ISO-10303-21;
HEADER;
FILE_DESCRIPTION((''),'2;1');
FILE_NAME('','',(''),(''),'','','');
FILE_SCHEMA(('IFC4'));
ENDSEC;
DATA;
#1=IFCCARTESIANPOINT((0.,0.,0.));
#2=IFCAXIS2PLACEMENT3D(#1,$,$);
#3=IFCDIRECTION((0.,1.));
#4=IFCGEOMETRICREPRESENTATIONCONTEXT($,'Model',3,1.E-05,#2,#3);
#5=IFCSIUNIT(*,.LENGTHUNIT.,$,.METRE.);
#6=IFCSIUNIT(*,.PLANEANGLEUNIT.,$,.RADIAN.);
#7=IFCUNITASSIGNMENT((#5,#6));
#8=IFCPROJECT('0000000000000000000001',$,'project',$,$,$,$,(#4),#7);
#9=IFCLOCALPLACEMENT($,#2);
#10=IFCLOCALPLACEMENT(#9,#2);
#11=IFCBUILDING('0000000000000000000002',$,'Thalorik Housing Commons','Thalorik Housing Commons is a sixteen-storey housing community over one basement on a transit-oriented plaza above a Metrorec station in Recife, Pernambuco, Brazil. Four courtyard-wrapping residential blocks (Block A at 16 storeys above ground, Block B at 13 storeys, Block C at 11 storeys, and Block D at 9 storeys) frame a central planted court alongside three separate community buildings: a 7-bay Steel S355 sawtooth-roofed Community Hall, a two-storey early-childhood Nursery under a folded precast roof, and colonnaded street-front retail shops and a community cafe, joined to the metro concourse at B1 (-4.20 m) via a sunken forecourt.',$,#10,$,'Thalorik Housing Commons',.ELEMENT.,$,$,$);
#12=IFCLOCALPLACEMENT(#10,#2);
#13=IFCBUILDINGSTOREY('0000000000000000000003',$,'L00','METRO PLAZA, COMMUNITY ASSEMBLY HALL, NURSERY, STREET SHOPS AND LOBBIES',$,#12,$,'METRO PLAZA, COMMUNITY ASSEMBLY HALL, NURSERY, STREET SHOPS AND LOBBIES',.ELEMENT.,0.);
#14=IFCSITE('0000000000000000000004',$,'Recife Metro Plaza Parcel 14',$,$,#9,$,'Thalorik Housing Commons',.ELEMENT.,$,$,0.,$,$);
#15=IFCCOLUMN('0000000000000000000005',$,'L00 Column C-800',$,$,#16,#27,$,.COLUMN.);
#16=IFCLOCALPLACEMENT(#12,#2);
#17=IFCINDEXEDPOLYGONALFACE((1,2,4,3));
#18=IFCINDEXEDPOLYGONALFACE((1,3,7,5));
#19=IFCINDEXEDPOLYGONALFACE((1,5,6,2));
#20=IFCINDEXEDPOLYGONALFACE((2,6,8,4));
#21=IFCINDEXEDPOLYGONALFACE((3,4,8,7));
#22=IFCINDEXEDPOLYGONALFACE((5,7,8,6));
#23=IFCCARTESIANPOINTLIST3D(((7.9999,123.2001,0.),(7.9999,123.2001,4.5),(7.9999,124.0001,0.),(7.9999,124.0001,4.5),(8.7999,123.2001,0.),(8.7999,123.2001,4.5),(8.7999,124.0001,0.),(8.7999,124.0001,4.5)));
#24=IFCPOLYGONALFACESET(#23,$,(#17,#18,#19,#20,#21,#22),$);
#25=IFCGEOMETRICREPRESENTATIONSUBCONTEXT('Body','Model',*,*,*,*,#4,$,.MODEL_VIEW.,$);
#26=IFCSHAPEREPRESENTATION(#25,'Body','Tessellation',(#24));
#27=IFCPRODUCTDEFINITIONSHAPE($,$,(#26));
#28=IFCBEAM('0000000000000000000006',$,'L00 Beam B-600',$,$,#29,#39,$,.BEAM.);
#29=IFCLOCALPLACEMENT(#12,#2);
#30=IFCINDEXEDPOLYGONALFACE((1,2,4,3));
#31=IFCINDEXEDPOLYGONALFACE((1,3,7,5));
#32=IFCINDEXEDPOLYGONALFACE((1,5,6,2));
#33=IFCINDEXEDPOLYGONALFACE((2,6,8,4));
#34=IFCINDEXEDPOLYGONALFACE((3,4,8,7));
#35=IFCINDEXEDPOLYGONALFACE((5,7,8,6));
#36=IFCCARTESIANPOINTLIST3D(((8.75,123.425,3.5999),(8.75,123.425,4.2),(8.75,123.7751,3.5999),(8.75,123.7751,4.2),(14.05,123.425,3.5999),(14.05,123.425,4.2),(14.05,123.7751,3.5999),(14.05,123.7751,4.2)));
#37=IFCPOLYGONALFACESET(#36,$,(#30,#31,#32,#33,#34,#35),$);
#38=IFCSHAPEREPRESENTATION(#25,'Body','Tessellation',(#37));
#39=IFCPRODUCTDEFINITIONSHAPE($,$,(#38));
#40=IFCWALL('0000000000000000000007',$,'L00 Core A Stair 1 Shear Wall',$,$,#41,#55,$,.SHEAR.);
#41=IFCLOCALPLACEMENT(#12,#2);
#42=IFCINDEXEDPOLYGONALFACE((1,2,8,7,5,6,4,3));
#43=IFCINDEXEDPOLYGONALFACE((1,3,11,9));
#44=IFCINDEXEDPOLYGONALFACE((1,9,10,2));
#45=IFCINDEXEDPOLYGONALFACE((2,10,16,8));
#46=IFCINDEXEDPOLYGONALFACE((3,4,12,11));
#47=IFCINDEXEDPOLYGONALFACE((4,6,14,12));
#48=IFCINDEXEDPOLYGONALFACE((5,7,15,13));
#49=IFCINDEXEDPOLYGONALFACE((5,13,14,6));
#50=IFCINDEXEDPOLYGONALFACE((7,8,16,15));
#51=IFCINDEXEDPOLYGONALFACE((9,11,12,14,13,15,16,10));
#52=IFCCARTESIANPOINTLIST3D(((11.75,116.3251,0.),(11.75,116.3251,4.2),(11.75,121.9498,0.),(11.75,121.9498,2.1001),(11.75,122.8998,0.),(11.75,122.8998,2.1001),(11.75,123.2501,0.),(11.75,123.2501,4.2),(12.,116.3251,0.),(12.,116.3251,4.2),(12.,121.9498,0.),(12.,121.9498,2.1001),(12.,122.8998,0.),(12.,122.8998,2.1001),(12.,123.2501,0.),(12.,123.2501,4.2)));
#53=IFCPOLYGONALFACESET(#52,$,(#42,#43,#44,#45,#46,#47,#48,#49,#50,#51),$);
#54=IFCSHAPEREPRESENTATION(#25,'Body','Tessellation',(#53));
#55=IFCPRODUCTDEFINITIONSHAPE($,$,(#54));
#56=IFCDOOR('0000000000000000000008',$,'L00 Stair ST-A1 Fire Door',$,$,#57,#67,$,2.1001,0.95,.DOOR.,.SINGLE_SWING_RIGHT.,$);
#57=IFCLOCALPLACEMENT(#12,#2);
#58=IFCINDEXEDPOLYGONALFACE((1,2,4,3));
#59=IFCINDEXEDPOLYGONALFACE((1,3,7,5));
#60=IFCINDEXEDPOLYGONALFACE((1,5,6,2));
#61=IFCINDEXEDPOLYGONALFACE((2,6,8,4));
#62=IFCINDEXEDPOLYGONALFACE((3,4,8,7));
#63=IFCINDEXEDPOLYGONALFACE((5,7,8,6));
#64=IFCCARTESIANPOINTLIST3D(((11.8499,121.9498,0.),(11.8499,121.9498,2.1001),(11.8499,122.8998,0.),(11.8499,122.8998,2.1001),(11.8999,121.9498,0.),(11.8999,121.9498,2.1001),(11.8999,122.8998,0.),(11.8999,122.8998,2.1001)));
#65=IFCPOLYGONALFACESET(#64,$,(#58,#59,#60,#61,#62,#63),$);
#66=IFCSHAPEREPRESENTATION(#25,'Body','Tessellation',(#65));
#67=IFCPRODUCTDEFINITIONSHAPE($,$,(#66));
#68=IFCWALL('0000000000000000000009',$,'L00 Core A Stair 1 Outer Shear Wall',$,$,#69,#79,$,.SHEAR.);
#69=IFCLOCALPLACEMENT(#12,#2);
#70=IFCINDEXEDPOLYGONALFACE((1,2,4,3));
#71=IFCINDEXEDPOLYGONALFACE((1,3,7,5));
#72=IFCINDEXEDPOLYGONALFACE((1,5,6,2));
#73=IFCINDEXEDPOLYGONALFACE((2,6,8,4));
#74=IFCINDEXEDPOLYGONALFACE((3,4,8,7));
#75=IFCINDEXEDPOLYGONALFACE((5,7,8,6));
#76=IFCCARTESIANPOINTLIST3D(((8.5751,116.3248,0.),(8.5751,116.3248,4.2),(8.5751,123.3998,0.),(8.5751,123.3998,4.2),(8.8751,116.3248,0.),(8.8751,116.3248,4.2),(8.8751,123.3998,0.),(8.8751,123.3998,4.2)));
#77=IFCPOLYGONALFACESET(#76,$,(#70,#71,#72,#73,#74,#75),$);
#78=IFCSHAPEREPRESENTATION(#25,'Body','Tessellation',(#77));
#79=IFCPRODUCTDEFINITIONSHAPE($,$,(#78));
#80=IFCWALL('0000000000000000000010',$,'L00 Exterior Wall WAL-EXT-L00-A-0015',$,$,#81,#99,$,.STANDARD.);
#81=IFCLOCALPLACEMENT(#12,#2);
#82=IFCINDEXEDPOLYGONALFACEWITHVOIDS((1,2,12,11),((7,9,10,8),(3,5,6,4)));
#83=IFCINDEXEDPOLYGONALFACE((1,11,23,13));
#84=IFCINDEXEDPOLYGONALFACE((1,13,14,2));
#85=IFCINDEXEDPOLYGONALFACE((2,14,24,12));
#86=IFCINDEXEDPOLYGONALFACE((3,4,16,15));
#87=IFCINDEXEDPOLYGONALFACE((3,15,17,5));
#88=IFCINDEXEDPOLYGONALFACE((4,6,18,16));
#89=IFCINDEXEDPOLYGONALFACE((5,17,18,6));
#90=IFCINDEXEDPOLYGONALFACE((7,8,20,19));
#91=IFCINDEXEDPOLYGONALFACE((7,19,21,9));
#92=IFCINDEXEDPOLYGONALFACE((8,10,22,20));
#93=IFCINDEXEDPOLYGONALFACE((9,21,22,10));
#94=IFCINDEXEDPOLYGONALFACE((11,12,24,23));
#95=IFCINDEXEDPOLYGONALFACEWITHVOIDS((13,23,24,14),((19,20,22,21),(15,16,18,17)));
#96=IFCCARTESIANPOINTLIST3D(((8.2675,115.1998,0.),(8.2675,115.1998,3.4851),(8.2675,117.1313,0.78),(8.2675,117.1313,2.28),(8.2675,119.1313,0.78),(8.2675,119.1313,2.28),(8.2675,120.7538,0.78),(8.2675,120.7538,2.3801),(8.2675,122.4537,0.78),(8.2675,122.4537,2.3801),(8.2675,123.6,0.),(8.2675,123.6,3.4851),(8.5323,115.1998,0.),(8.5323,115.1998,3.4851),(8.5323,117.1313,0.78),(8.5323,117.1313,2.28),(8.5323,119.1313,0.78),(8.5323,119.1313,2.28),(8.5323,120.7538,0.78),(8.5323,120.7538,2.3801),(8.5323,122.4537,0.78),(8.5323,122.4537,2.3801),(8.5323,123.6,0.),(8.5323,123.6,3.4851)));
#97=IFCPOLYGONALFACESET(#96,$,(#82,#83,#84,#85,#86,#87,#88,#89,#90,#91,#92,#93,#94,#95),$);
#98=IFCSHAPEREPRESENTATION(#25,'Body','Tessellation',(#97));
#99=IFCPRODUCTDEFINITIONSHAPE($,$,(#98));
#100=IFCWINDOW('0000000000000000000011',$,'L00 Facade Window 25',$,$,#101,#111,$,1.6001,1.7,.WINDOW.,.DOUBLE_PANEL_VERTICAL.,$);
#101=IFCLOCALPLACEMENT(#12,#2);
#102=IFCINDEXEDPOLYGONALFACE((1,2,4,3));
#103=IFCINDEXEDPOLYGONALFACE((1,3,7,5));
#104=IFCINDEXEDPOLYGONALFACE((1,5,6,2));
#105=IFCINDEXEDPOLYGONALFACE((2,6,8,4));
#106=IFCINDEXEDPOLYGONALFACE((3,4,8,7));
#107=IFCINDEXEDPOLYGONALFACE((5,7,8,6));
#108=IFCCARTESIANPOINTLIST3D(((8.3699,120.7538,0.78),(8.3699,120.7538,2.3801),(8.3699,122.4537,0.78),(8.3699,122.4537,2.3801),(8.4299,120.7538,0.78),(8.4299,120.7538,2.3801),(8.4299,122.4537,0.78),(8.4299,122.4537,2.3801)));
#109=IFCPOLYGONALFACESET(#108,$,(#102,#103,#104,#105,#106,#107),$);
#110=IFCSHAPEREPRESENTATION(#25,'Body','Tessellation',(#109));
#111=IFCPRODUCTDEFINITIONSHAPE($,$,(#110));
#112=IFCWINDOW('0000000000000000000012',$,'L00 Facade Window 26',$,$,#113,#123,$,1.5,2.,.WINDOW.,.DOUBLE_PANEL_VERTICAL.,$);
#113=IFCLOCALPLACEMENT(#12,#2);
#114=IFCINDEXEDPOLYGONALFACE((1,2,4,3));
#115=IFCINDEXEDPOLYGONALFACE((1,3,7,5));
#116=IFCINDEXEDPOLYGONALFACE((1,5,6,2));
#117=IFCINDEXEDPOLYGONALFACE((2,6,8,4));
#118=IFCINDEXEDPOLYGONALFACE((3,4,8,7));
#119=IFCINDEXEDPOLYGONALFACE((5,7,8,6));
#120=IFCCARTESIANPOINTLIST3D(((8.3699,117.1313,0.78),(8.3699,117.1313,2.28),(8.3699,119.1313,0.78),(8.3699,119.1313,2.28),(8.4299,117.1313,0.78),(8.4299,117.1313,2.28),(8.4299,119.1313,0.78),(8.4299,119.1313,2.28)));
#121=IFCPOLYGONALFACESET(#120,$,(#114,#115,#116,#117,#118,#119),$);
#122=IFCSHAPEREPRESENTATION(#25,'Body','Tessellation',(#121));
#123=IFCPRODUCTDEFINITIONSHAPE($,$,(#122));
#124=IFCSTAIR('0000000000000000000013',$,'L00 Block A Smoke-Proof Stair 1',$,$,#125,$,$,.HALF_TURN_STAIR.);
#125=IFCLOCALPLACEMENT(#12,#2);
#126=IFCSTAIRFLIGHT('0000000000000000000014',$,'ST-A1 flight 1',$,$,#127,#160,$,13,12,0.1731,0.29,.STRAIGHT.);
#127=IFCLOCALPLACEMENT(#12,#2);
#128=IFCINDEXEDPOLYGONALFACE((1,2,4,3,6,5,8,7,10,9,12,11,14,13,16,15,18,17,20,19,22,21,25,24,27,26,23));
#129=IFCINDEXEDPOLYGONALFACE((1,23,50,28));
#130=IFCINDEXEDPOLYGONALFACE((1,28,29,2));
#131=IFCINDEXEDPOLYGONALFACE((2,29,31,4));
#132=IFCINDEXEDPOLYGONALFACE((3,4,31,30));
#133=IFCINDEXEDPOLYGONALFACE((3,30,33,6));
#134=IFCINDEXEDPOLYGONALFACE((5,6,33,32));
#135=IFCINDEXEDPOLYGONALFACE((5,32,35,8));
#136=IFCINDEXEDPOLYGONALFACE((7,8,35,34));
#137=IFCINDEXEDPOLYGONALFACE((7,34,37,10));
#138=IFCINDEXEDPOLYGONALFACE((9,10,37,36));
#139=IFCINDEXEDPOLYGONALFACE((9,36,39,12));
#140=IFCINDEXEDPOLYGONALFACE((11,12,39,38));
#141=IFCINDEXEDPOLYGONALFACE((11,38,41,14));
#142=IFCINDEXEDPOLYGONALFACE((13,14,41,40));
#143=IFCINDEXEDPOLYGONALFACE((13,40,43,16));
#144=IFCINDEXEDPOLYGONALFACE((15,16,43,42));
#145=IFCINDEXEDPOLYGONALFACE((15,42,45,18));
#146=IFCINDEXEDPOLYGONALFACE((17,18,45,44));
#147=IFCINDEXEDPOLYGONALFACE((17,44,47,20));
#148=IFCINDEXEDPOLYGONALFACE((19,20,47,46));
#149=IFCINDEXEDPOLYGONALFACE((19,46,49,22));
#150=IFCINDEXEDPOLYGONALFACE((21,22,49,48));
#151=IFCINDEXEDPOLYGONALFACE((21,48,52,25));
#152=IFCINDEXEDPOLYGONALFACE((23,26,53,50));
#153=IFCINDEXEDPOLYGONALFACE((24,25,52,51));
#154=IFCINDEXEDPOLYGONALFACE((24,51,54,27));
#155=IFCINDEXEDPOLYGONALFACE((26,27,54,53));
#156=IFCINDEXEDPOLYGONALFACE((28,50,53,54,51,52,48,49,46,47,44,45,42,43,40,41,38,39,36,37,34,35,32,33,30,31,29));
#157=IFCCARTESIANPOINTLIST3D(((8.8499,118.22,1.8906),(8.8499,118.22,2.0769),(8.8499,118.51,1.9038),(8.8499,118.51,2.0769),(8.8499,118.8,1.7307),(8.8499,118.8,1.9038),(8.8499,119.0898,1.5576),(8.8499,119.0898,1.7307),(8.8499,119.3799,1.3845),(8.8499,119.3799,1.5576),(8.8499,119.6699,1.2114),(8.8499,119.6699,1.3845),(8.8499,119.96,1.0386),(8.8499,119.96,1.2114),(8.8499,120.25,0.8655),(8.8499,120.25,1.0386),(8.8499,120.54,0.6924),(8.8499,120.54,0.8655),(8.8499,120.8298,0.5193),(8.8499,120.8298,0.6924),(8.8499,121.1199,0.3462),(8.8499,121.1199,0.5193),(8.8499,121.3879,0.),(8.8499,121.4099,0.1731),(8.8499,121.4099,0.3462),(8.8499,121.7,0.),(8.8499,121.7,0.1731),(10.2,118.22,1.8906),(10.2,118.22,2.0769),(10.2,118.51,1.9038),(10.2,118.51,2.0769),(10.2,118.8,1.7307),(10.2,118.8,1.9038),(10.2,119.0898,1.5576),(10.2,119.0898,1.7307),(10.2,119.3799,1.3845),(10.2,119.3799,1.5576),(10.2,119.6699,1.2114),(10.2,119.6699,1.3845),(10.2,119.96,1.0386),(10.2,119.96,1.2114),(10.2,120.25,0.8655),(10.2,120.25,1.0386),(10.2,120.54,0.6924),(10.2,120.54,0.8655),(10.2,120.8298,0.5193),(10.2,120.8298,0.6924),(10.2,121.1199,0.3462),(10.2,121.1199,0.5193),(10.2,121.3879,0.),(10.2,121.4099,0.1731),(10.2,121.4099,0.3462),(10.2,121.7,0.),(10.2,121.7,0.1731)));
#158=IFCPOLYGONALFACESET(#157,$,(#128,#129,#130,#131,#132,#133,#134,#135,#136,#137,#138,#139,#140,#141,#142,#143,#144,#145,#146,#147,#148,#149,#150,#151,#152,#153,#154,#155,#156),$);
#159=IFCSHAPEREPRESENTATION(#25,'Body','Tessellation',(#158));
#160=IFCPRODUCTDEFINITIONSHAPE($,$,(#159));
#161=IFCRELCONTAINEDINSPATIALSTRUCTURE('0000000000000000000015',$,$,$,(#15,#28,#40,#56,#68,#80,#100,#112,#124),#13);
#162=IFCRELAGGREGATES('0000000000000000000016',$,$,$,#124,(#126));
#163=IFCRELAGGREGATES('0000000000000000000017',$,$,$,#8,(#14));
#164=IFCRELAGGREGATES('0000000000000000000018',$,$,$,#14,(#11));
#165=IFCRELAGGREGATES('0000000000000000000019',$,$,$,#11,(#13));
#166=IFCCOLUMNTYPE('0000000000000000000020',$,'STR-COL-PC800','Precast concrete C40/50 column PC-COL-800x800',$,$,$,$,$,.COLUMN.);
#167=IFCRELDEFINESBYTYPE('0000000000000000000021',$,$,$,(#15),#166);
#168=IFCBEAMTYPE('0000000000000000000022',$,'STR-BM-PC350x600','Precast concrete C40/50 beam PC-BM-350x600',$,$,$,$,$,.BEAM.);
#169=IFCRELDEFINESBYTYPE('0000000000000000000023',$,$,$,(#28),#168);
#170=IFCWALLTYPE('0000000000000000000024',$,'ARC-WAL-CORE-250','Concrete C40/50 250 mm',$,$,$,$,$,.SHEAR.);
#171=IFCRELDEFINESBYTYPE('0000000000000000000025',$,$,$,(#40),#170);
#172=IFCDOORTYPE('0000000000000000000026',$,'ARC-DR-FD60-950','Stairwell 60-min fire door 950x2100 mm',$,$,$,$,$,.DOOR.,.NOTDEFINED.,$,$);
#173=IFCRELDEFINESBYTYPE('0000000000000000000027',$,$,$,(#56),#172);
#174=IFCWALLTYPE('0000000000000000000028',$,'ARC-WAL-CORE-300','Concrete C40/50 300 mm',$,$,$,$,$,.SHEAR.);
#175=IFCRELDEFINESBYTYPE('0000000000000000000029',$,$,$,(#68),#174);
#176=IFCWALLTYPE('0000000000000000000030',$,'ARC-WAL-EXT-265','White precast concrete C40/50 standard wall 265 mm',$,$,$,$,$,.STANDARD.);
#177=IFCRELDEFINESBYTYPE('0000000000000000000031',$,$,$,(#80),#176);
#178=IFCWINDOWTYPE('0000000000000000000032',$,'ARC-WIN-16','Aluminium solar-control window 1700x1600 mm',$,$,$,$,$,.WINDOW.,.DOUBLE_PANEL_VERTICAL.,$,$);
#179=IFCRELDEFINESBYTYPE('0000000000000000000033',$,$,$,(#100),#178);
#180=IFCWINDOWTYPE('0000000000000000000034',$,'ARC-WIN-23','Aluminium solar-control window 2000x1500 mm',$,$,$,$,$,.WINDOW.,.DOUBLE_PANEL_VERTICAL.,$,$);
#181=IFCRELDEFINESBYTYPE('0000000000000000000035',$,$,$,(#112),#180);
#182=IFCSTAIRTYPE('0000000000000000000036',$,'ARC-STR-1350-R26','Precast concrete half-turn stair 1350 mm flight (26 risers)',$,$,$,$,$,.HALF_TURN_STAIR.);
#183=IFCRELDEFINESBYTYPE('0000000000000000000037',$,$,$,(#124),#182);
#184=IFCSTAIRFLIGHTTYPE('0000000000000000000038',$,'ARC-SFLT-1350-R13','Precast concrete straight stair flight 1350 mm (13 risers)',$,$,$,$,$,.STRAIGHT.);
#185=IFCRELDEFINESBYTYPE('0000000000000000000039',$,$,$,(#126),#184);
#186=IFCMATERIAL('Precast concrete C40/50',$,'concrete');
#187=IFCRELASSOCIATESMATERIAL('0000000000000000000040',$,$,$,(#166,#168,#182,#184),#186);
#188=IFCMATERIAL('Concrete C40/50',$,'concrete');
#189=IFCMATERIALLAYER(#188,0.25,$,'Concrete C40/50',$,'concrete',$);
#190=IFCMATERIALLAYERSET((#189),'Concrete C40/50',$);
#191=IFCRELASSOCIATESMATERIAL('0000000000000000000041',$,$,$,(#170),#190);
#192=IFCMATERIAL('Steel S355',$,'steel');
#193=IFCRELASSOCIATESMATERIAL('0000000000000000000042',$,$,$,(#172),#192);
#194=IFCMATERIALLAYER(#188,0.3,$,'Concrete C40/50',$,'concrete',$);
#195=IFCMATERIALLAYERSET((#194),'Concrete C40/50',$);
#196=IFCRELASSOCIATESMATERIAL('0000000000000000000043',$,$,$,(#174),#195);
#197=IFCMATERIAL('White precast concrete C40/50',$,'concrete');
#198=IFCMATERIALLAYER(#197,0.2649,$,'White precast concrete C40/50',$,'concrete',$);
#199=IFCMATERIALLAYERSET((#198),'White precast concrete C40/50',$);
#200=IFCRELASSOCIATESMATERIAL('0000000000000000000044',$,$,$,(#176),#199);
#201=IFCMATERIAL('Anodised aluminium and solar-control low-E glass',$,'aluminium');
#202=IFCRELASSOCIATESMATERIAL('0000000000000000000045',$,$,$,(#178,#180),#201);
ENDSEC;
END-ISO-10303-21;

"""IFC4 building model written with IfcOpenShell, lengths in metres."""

from ifc_helpers import new_model, si_unit, direction, frame, frame_2d, origin, origin_2d, place, context, subcontext, project, spatial, polyline, rectangle, outline, extrude, material, layer, layer_set, material_profile, profile_set, type_object, element, fill, aggregate, save


model = new_model("IFC4")

# Units and contexts
model_context = context("Model", 3, precision=1e-05, world=origin(), true_north=direction((0.0, 1.0)))
body_context = subcontext(model_context, "Body", "Model", "MODEL_VIEW")
ifc_project = project(units=[si_unit("LENGTHUNIT", "METRE"), si_unit("PLANEANGLEUNIT", "RADIAN")], contexts=[model_context])

# Site, building, storey
site_placement = place(None, origin())
site = spatial("IfcSite", under=ifc_project, at=site_placement, Name="Recife Metro Plaza Parcel 14", LongName="Thalorik Housing Commons", CompositionType="ELEMENT", RefElevation=0.0)
building_placement = place(site_placement, origin())
building = spatial("IfcBuilding", under=site, at=building_placement, Name="Thalorik Housing Commons", Description="Thalorik Housing Commons is a sixteen-storey housing community over one basement on a transit-oriented plaza above a Metrorec station in Recife, Pernambuco, Brazil. Four courtyard-wrapping residential blocks (Block A at 16 storeys above ground, Block B at 13 storeys, Block C at 11 storeys, and Block D at 9 storeys) frame a central planted court alongside three separate community buildings: a 7-bay Steel S355 sawtooth-roofed Community Hall, a two-storey early-childhood Nursery under a folded precast roof, and colonnaded street-front retail shops and a community cafe, joined to the metro concourse at B1 (-4.20 m) via a sunken forecourt.", LongName="Thalorik Housing Commons", CompositionType="ELEMENT")
storey_placement = place(building_placement, origin())
storey = spatial("IfcBuildingStorey", under=building, at=storey_placement, Name="L00", Description="METRO PLAZA, COMMUNITY ASSEMBLY HALL, NURSERY, STREET SHOPS AND LOBBIES", LongName="METRO PLAZA, COMMUNITY ASSEMBLY HALL, NURSERY, STREET SHOPS AND LOBBIES", CompositionType="ELEMENT", Elevation=0.0)

# Column
ifc_material_1 = material(Name="Precast concrete C40/50", Category="concrete")
ifc_material_profile_1 = material_profile(ifc_material_1, rectangle(XDim=0.8, YDim=0.8, at=origin_2d()), Name="PC 800x800", Category="concrete")
ifc_profile_set_1 = profile_set([ifc_material_profile_1], Name="Precast concrete C40/50")
column_type = type_object("IfcColumnType", Name="STR-COL-PC800", Description="Precast concrete C40/50 column PC-COL-800x800", PredefinedType="COLUMN", material=ifc_profile_set_1)
column_placement = place(storey_placement, frame((8.3999, 123.6001, 0.0), z_axis=(0.0, 0.0, 1.0), x_axis=(1.0, 0.0, 0.0)))
element("IfcColumn", 1, at=column_placement, inside=storey, type_object=column_type, Name="L00 Column C-800", PredefinedType="COLUMN", context=body_context, shape_type="SweptSolid", body=[
    extrude(rectangle(XDim=0.8, YDim=0.8, at=origin_2d()), origin(), (0.0, 0.0, 1.0), 4.5),
])

# Beam
ifc_material_profile_2 = material_profile(ifc_material_1, rectangle(XDim=0.3501, YDim=0.6001, at=origin_2d()), Name="PC 350x600", Category="concrete")
ifc_profile_set_2 = profile_set([ifc_material_profile_2], Name="Precast concrete C40/50")
beam_type = type_object("IfcBeamType", Name="STR-BM-PC350x600", Description="Precast concrete C40/50 beam PC-BM-350x600", PredefinedType="BEAM", material=ifc_profile_set_2)
beam_placement = place(storey_placement, frame((8.75, 123.6001, 3.8999), z_axis=(1.0, 0.0, 0.0), x_axis=(0.0, 1.0, 0.0)))
element("IfcBeam", 2, at=beam_placement, inside=storey, type_object=beam_type, Name="L00 Beam B-600", PredefinedType="BEAM", context=body_context, shape_type="SweptSolid", body=[
    extrude(rectangle(XDim=0.3501, YDim=0.6001, at=origin_2d()), origin(), (0.0, 0.0, 1.0), 5.3),
])

# Wall, opening, door
ifc_material_2 = material(Name="Concrete C40/50", Category="concrete")
ifc_layer_1 = layer(ifc_material_2, 0.25, Name="Concrete C40/50", Category="concrete")
ifc_layer_set_1 = layer_set([ifc_layer_1], Name="Concrete C40/50")
wall_type_1 = type_object("IfcWallType", Name="ARC-WAL-CORE-250", Description="Concrete C40/50 250 mm", PredefinedType="SHEAR", material=ifc_layer_set_1)
wall_1_placement = place(storey_placement, frame((11.875, 123.25, 0.0), z_axis=(0.0, 0.0, 1.0), x_axis=(0.0, -1.0, 0.0)))
wall_1 = element("IfcWall", 3, at=wall_1_placement, inside=storey, type_object=wall_type_1, Name="L00 Core A Stair 1 Shear Wall", PredefinedType="SHEAR", context=body_context, shape_type="SweptSolid", body=[
    extrude(rectangle(XDim=6.925, YDim=0.25, at=frame_2d((3.4624, 0.0))), origin(), (0.0, 0.0, 1.0), 4.2),
])
opening_1_placement = place(wall_1_placement, frame((0.3501, 0.0, 0.0)))
opening_1 = element("IfcOpeningElement", 4, at=opening_1_placement, cuts=wall_1, PredefinedType="OPENING", context=body_context, shape_type="SweptSolid", body=[
    extrude(rectangle(XDim=0.95, YDim=2.1001, at=frame_2d((0.4751, 1.05))), frame((0.0, 0.135, 0.0), z_axis=(0.0, -1.0, 0.0), x_axis=(1.0, 0.0, 0.0)), (0.0, 0.0, 1.0), 0.27),
])
ifc_material_3 = material(Name="Steel S355", Category="steel")
door_type_1 = type_object("IfcDoorType", Name="ARC-DR-FD60-950", Description="Stairwell 60-min fire door 950x2100 mm", OperationType="NOTDEFINED", PredefinedType="DOOR", material=ifc_material_3)
door_1_placement = place(opening_1_placement, origin())
door_1 = element("IfcDoor", 5, at=door_1_placement, inside=storey, type_object=door_type_1, Name="L00 Stair ST-A1 Fire Door", OperationType="SINGLE_SWING_RIGHT", OverallHeight=2.1001, OverallWidth=0.95, PredefinedType="DOOR", context=body_context, shape_type="SweptSolid", body=[
    extrude(rectangle(XDim=0.95, YDim=2.1001, at=frame_2d((0.4751, 1.05))), frame((0.0, 0.0249, 0.0), z_axis=(0.0, -1.0, 0.0), x_axis=(1.0, 0.0, 0.0)), (0.0, 0.0, 1.0), 0.05),
])
fill(opening_1, door_1)

# Wall
ifc_layer_2 = layer(ifc_material_2, 0.3, Name="Concrete C40/50", Category="concrete")
ifc_layer_set_2 = layer_set([ifc_layer_2], Name="Concrete C40/50")
wall_type_2 = type_object("IfcWallType", Name="ARC-WAL-CORE-300", Description="Concrete C40/50 300 mm", PredefinedType="SHEAR", material=ifc_layer_set_2)
wall_2_placement = place(storey_placement, frame((8.7251, 123.3999, 0.0), z_axis=(0.0, 0.0, 1.0), x_axis=(0.0, -1.0, 0.0)))
element("IfcWall", 6, at=wall_2_placement, inside=storey, type_object=wall_type_2, Name="L00 Core A Stair 1 Outer Shear Wall", PredefinedType="SHEAR", context=body_context, shape_type="SweptSolid", body=[
    extrude(rectangle(XDim=7.075, YDim=0.3, at=frame_2d((3.5376, 0.0))), origin(), (0.0, 0.0, 1.0), 4.2),
])

# Wall, openings, windows
ifc_material_4 = material(Name="White precast concrete C40/50", Category="concrete")
ifc_layer_3 = layer(ifc_material_4, 0.2649, Name="White precast concrete C40/50", Category="concrete")
ifc_layer_set_3 = layer_set([ifc_layer_3], Name="White precast concrete C40/50")
wall_type_3 = type_object("IfcWallType", Name="ARC-WAL-EXT-265", Description="White precast concrete C40/50 standard wall 265 mm", PredefinedType="STANDARD", material=ifc_layer_set_3)
wall_3_placement = place(storey_placement, frame((8.3999, 123.6001, 0.0), z_axis=(0.0, 0.0, 1.0), x_axis=(0.0, -1.0, 0.0)))
wall_3 = element("IfcWall", 7, at=wall_3_placement, inside=storey, type_object=wall_type_3, Name="L00 Exterior Wall WAL-EXT-L00-A-0015", PredefinedType="STANDARD", context=body_context, shape_type="SweptSolid", body=[
    extrude(rectangle(XDim=8.4001, YDim=0.2649, at=frame_2d((4.2002, 0.0))), origin(), (0.0, 0.0, 1.0), 3.4851),
])
opening_2_placement = place(wall_3_placement, frame((1.1462, 0.0, 0.78)))
opening_2 = element("IfcOpeningElement", 8, at=opening_2_placement, cuts=wall_3, PredefinedType="OPENING", context=body_context, shape_type="SweptSolid", body=[
    extrude(rectangle(XDim=1.7, YDim=1.6001, at=frame_2d((0.8501, 0.8))), frame((0.0, 0.1426, 0.0), z_axis=(0.0, -1.0, 0.0), x_axis=(1.0, 0.0, 0.0)), (0.0, 0.0, 1.0), 0.2849),
])
opening_3_placement = place(wall_3_placement, frame((4.4688, 0.0, 0.78)))
opening_3 = element("IfcOpeningElement", 9, at=opening_3_placement, cuts=wall_3, PredefinedType="OPENING", context=body_context, shape_type="SweptSolid", body=[
    extrude(rectangle(XDim=2.0, YDim=1.5, at=frame_2d((1.0, 0.75))), frame((0.0, 0.1426, 0.0), z_axis=(0.0, -1.0, 0.0), x_axis=(1.0, 0.0, 0.0)), (0.0, 0.0, 1.0), 0.2849),
])
ifc_material_5 = material(Name="Anodised aluminium and solar-control low-E glass", Category="aluminium")
window_type_1 = type_object("IfcWindowType", Name="ARC-WIN-16", Description="Aluminium solar-control window 1700x1600 mm", PartitioningType="DOUBLE_PANEL_VERTICAL", PredefinedType="WINDOW", material=ifc_material_5)
window_1_placement = place(opening_2_placement, origin())
window_1 = element("IfcWindow", 10, at=window_1_placement, inside=storey, type_object=window_type_1, Name="L00 Facade Window 25", OverallHeight=1.6001, OverallWidth=1.7, PartitioningType="DOUBLE_PANEL_VERTICAL", PredefinedType="WINDOW", context=body_context, shape_type="SweptSolid", body=[
    extrude(rectangle(XDim=1.7, YDim=1.6001, at=frame_2d((0.8501, 0.8))), frame((0.0, 0.03, 0.0), z_axis=(0.0, -1.0, 0.0), x_axis=(1.0, 0.0, 0.0)), (0.0, 0.0, 1.0), 0.0601),
])
fill(opening_2, window_1)
window_type_2 = type_object("IfcWindowType", Name="ARC-WIN-23", Description="Aluminium solar-control window 2000x1500 mm", PartitioningType="DOUBLE_PANEL_VERTICAL", PredefinedType="WINDOW", material=ifc_material_5)
window_2_placement = place(opening_3_placement, origin())
window_2 = element("IfcWindow", 11, at=window_2_placement, inside=storey, type_object=window_type_2, Name="L00 Facade Window 26", OverallHeight=1.5, OverallWidth=2.0, PartitioningType="DOUBLE_PANEL_VERTICAL", PredefinedType="WINDOW", context=body_context, shape_type="SweptSolid", body=[
    extrude(rectangle(XDim=2.0, YDim=1.5, at=frame_2d((1.0, 0.75))), frame((0.0, 0.03, 0.0), z_axis=(0.0, -1.0, 0.0), x_axis=(1.0, 0.0, 0.0)), (0.0, 0.0, 1.0), 0.0601),
])
fill(opening_3, window_2)

# Stair, stair flight
stair_type = type_object("IfcStairType", Name="ARC-STR-1350-R26", Description="Precast concrete half-turn stair 1350 mm flight (26 risers)", PredefinedType="HALF_TURN_STAIR", material=ifc_material_1)
stair_placement = place(storey_placement, origin())
stair = element("IfcStair", 12, at=stair_placement, inside=storey, type_object=stair_type, Name="L00 Block A Smoke-Proof Stair 1", PredefinedType="HALF_TURN_STAIR")
stair_flight_type = type_object("IfcStairFlightType", Name="ARC-SFLT-1350-R13", Description="Precast concrete straight stair flight 1350 mm (13 risers)", PredefinedType="STRAIGHT", material=ifc_material_1)
stair_flight_placement = place(storey_placement, frame((9.5249, 121.7, 0.0), z_axis=(0.0, 0.0, 1.0), x_axis=(0.0, -1.0, 0.0)))
stair_flight = element("IfcStairFlight", 13, at=stair_flight_placement, type_object=stair_flight_type, Name="ST-A1 flight 1", NumberOfRisers=13, NumberOfTreads=12, PredefinedType="STRAIGHT", RiserHeight=0.1731, TreadLength=0.29, context=body_context, shape_type="SweptSolid", body=[
    extrude(outline(polyline([(0.0, 0.0), (0.0, 0.1731), (0.29, 0.1731), (0.29, 0.3462), (0.5801, 0.3462), (0.5801, 0.5193), (0.8701, 0.5193), (0.8701, 0.6924), (1.1599, 0.6924), (1.1599, 0.8655), (1.45, 0.8655), (1.45, 1.0386), (1.74, 1.0386), (1.74, 1.2114), (2.03, 1.2114), (2.03, 1.3845), (2.3201, 1.3845), (2.3201, 1.5576), (2.6101, 1.5576), (2.6101, 1.7307), (2.8999, 1.7307), (2.8999, 1.9038), (3.1899, 1.9038), (3.1899, 2.0769), (3.48, 2.0769), (3.48, 2.25), (3.48, 1.8906), (0.312, 0.0), (0.0, 0.0)])), frame((0.0, 0.675, 0.0), z_axis=(0.0, -1.0, 0.0), x_axis=(1.0, 0.0, 0.0)), (0.0, 0.0, 1.0), 1.3501),
])
aggregate(stair, [stair_flight])

save(model, "model.ifc")
